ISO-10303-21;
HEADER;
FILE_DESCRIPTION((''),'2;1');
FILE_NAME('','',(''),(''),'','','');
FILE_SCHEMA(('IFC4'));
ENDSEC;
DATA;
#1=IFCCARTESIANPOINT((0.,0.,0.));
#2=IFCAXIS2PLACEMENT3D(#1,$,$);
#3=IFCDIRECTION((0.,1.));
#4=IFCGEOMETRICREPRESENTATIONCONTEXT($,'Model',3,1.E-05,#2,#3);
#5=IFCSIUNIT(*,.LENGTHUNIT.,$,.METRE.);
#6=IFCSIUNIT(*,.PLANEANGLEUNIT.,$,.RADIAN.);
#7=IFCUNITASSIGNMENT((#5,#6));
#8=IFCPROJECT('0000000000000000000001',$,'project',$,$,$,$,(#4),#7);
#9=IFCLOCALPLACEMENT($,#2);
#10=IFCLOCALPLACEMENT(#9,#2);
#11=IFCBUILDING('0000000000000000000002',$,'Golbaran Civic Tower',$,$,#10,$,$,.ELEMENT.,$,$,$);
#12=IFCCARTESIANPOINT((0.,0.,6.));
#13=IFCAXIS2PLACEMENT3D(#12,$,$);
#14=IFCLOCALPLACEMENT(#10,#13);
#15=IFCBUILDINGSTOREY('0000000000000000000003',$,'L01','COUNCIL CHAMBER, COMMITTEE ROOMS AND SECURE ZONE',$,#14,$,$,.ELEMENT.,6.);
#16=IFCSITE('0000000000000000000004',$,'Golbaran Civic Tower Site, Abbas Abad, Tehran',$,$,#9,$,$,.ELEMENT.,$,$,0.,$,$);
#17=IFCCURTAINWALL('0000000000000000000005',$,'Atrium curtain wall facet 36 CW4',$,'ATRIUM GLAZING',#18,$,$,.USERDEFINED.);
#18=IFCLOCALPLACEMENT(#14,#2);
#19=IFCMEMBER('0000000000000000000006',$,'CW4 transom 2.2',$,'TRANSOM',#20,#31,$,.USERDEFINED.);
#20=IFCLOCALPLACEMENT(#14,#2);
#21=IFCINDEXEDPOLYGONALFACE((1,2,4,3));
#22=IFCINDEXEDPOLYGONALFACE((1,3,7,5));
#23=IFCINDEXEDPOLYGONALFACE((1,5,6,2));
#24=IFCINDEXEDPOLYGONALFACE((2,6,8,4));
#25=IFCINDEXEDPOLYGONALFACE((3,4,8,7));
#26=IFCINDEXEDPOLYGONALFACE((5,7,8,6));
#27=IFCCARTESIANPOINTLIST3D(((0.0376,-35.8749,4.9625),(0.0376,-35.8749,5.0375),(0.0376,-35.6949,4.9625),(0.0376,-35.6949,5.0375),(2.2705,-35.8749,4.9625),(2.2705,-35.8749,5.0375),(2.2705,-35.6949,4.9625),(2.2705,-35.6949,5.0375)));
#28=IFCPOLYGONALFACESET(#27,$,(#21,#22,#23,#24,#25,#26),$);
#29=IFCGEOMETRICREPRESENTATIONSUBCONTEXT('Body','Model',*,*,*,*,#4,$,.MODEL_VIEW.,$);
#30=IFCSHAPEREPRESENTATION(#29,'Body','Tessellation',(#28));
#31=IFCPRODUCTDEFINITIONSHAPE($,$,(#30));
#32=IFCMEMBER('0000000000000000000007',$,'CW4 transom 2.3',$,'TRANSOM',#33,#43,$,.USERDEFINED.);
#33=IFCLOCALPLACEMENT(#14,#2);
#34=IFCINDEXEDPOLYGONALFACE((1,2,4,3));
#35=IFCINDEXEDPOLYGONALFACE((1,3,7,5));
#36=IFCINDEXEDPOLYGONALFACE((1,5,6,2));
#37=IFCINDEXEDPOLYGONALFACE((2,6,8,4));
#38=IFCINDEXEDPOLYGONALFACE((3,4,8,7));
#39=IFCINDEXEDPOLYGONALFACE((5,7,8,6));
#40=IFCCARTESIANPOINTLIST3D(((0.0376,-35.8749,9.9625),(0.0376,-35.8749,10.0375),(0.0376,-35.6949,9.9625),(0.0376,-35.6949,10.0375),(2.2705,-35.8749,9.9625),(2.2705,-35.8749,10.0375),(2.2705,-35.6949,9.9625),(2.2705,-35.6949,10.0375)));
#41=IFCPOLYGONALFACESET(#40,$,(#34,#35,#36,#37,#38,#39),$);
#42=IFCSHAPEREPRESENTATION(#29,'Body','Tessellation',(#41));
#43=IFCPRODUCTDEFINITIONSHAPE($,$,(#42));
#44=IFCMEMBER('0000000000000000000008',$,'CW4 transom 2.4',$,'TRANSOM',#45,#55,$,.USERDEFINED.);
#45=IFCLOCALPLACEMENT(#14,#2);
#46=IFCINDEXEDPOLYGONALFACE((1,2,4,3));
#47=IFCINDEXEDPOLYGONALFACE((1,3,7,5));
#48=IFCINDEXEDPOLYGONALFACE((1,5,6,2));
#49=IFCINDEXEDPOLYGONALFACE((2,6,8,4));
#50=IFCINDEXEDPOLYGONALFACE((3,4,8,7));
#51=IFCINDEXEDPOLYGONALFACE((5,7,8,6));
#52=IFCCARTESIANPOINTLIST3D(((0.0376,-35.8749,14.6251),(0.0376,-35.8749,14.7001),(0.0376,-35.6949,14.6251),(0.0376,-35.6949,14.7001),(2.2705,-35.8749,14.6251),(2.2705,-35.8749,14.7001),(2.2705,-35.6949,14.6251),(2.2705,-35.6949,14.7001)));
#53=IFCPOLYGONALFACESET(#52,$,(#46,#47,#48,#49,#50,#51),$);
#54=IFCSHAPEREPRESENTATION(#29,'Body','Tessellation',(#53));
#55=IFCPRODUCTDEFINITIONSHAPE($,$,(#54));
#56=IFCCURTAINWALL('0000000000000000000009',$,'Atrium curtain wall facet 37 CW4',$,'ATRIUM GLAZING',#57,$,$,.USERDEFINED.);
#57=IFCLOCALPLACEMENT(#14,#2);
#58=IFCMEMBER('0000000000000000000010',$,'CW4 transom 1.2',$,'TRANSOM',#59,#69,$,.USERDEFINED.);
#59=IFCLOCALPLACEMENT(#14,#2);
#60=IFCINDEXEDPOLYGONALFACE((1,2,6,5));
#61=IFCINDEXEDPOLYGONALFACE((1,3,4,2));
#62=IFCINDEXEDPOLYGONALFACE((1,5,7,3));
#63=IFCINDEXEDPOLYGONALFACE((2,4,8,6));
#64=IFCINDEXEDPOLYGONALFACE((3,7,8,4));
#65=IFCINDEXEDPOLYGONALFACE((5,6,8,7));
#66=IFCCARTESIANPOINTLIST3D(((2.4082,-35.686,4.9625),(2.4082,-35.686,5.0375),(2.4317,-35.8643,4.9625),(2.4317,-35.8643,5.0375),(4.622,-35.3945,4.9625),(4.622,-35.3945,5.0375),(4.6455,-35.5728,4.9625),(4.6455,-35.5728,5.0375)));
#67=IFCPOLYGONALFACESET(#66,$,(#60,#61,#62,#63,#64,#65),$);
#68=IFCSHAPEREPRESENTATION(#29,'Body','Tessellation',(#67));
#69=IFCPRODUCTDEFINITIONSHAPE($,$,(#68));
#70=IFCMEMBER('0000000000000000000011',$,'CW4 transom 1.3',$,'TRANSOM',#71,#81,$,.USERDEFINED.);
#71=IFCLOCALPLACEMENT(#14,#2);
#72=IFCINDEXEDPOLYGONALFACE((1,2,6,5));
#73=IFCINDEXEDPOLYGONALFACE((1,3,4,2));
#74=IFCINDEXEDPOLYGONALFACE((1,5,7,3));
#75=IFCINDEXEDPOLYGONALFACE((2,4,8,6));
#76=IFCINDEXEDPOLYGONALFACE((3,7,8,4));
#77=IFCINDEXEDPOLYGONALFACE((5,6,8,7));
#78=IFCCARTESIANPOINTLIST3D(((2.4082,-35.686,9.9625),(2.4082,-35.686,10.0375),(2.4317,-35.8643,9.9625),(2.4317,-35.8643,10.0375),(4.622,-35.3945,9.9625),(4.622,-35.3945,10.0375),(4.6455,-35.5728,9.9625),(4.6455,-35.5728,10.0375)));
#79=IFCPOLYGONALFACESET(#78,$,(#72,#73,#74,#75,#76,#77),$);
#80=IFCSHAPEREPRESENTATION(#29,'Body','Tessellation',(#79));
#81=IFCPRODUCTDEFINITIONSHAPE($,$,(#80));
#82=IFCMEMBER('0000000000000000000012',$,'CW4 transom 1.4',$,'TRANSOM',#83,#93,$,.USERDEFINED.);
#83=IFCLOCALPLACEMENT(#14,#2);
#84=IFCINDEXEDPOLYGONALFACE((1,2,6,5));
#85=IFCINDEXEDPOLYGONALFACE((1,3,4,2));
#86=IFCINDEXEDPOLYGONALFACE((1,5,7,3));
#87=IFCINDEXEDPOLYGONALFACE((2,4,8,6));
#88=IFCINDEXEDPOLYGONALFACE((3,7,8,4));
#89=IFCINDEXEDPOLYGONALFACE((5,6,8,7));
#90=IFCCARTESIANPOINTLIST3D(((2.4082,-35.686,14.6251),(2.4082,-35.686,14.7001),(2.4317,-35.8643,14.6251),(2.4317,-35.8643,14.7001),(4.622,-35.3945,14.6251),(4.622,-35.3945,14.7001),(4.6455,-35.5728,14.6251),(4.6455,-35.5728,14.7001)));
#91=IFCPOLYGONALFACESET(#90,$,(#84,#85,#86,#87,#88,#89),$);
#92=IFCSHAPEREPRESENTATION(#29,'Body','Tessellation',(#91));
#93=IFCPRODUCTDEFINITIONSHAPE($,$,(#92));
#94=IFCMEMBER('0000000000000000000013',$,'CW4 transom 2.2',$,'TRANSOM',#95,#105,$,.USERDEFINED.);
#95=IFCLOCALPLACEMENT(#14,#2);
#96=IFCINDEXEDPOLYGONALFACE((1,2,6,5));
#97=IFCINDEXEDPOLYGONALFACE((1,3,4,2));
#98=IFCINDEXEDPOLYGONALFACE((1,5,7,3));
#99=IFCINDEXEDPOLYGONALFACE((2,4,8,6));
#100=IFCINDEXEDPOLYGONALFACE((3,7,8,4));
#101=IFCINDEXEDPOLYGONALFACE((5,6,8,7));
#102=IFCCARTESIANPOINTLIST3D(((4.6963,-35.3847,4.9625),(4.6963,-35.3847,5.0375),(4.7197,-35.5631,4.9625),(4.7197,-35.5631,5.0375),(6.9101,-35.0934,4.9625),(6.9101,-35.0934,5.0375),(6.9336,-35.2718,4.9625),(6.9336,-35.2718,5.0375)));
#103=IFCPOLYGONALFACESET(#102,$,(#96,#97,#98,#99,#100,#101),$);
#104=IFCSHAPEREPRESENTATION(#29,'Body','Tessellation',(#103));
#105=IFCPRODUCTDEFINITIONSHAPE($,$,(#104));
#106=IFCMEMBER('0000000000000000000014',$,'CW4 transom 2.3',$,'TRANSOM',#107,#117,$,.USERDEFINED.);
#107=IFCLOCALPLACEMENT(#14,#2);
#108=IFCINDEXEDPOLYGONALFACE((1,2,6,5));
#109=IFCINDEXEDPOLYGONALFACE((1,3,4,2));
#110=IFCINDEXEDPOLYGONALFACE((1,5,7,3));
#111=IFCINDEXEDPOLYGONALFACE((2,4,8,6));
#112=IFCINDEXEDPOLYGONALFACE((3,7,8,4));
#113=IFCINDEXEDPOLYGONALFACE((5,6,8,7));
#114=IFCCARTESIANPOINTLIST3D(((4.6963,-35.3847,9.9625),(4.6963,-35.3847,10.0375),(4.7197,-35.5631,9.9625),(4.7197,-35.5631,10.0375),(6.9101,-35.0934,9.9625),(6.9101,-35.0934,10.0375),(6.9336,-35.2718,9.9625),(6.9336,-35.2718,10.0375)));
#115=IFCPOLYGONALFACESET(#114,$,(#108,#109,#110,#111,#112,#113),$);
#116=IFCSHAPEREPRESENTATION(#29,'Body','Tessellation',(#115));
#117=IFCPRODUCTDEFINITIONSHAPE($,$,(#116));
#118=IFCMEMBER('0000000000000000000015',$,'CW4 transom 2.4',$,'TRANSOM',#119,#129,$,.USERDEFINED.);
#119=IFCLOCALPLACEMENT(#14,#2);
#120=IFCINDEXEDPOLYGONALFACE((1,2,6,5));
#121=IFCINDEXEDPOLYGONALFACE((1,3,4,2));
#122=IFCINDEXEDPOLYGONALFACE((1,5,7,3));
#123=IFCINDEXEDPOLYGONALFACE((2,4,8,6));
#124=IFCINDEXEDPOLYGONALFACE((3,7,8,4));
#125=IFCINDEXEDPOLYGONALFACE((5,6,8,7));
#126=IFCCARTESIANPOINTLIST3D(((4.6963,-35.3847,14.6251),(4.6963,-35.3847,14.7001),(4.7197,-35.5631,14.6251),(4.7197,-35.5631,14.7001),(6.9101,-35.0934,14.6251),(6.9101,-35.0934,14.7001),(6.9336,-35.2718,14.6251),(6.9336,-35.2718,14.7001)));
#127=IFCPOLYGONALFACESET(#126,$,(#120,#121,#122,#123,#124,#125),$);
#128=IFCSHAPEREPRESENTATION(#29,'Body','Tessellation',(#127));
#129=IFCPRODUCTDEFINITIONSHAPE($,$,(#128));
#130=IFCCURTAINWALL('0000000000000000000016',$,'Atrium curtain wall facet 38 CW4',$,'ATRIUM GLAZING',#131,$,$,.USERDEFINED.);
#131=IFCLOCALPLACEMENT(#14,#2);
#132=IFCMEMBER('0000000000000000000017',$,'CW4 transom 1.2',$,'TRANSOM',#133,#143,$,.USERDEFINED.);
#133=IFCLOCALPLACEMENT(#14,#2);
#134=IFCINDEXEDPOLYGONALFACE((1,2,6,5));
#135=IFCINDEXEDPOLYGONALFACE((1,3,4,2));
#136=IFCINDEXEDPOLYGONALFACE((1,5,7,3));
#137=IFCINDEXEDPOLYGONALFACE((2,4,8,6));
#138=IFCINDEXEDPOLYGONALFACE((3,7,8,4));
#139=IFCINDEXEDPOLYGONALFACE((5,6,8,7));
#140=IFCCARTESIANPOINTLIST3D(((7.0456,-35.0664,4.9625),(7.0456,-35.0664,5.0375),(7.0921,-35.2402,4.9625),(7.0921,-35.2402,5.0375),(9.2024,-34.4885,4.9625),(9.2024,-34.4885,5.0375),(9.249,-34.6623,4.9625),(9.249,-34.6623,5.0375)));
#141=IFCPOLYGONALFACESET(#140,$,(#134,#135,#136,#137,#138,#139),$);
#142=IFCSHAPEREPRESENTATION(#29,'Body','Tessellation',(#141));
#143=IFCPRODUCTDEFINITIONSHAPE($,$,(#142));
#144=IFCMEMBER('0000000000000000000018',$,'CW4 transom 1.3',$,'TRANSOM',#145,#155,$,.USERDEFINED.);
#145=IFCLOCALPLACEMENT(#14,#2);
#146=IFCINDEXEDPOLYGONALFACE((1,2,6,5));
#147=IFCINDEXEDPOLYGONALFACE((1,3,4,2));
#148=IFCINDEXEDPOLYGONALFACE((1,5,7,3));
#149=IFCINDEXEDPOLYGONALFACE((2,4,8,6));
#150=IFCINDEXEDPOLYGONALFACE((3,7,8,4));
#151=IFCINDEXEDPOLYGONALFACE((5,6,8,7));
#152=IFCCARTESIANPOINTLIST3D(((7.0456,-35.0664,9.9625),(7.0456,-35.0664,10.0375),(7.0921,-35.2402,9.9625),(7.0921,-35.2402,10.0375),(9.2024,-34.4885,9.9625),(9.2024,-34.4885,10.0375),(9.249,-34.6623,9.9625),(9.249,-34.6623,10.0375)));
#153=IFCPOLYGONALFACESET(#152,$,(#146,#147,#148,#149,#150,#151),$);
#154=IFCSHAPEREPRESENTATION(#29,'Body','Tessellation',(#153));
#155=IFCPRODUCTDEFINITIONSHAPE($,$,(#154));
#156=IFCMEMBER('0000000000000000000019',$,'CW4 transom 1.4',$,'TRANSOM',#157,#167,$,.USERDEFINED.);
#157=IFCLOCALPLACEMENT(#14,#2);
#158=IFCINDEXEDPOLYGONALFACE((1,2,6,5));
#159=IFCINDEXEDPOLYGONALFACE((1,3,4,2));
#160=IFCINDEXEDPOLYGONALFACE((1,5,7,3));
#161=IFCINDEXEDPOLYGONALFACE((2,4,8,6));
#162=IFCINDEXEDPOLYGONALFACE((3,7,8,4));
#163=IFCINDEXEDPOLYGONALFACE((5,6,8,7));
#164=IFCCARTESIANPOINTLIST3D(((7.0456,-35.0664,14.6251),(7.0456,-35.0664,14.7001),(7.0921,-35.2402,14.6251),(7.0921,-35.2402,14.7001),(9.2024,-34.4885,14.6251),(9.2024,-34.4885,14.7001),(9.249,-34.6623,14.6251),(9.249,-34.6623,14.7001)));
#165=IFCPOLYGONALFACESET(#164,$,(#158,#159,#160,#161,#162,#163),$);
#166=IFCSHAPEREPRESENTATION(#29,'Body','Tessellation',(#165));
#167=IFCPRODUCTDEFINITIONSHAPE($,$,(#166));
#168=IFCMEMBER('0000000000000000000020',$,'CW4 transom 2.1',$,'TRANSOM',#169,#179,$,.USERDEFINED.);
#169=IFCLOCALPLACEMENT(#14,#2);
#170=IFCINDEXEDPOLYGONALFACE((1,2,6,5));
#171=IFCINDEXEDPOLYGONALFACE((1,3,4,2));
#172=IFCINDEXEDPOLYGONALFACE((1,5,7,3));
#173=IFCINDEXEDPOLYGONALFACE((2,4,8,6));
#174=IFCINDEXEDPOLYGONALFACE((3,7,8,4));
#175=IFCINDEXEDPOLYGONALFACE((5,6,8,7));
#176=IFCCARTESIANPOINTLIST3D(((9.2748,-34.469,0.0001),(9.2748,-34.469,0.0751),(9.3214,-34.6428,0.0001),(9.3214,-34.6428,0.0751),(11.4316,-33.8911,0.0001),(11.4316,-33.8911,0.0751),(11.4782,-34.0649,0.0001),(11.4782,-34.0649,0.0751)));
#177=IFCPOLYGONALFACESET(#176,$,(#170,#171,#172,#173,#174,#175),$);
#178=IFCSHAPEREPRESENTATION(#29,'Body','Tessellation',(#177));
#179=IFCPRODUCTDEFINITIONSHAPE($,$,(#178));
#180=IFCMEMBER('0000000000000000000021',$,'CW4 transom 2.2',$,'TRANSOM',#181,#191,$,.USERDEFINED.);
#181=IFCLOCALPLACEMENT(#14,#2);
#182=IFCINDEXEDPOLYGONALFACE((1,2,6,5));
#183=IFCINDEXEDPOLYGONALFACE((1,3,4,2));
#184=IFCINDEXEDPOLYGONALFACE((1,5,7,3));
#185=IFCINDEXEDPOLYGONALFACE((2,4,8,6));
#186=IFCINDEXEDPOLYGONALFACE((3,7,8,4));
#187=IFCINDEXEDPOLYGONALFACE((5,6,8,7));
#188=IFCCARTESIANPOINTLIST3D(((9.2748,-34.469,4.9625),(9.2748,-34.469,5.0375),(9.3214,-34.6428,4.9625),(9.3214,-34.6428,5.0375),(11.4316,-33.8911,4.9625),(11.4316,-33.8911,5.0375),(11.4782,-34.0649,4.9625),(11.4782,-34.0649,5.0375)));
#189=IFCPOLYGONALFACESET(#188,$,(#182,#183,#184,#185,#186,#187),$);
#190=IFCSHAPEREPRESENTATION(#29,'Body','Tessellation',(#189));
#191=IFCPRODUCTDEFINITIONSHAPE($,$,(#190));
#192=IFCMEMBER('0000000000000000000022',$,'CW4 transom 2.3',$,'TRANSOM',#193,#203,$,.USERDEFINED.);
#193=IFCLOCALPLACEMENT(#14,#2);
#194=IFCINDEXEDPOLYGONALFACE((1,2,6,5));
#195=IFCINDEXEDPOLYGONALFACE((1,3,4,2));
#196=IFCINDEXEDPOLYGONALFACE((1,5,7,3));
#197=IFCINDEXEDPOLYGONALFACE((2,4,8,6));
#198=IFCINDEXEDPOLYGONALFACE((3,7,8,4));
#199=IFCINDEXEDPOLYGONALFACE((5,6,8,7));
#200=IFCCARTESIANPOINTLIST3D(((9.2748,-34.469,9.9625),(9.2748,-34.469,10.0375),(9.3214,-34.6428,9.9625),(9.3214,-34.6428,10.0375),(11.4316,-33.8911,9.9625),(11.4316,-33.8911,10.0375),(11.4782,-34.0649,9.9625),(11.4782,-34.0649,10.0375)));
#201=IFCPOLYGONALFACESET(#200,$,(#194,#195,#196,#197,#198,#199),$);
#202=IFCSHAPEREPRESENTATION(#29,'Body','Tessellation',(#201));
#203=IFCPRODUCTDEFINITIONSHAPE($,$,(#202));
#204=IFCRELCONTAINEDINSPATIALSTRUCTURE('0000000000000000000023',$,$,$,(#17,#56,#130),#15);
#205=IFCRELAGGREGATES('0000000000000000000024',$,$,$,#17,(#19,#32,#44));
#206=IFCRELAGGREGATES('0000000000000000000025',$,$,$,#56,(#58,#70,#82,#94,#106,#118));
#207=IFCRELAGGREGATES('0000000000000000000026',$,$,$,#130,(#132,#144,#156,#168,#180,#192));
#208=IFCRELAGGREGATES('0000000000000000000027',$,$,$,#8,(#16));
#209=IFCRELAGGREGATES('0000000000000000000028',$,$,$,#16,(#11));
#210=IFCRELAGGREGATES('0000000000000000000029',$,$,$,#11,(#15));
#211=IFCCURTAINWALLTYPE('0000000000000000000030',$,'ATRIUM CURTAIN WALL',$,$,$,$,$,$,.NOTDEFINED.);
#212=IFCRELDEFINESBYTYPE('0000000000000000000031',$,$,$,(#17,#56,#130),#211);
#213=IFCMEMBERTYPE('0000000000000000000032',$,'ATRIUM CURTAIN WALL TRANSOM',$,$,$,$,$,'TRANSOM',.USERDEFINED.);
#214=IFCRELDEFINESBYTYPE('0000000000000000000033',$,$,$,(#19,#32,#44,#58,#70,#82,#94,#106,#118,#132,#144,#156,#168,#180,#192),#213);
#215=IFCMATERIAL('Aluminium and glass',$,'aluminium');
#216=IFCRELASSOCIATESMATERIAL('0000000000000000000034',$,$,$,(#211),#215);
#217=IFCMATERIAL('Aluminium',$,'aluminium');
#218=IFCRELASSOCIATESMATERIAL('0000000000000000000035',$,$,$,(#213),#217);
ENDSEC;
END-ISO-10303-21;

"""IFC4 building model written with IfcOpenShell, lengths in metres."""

from ifc_helpers import new_model, si_unit, direction, frame, origin, origin_2d, place, context, subcontext, project, spatial, rectangle, extrude, material, material_profile, profile_set, type_object, element, aggregate, save


model = new_model("IFC4")

# Units and contexts
model_context = context("Model", 3, precision=1e-05, world=origin(), true_north=direction((0.0, 1.0)))
body_context = subcontext(model_context, "Body", "Model", "MODEL_VIEW")
ifc_project = project(units=[si_unit("LENGTHUNIT", "METRE"), si_unit("PLANEANGLEUNIT", "RADIAN")], contexts=[model_context])

# Site, building, storey
site_placement = place(None, origin())
site = spatial("IfcSite", under=ifc_project, at=site_placement, Name="Golbaran Civic Tower Site, Abbas Abad, Tehran", CompositionType="ELEMENT", RefElevation=0.0)
building_placement = place(site_placement, origin())
building = spatial("IfcBuilding", under=site, at=building_placement, Name="Golbaran Civic Tower", CompositionType="ELEMENT")
storey_placement = place(building_placement, frame((0.0, 0.0, 6.0)))
storey = spatial("IfcBuildingStorey", under=building, at=storey_placement, Name="L01", Description="COUNCIL CHAMBER, COMMITTEE ROOMS AND SECURE ZONE", CompositionType="ELEMENT", Elevation=6.0)

# Curtain walls, members
ifc_material_1 = material(Name="Aluminium and glass", Category="aluminium")
curtain_wall_type = type_object("IfcCurtainWallType", Name="ATRIUM CURTAIN WALL", PredefinedType="NOTDEFINED", material=ifc_material_1)
curtain_wall_1_placement = place(storey_placement, origin())
curtain_wall_1 = element("IfcCurtainWall", 1, at=curtain_wall_1_placement, inside=storey, type_object=curtain_wall_type, Name="Atrium curtain wall facet 36 CW4", ObjectType="ATRIUM GLAZING", PredefinedType="USERDEFINED")
ifc_material_2 = material(Name="Aluminium", Category="aluminium")
ifc_material_profile = material_profile(ifc_material_2, rectangle(XDim=0.1799, YDim=0.075, at=origin_2d()), Name="ATRIUM CURTAIN WALL TRANSOM")
ifc_profile_set = profile_set([ifc_material_profile], Name="Aluminium")
member_type = type_object("IfcMemberType", Name="ATRIUM CURTAIN WALL TRANSOM", ElementType="TRANSOM", PredefinedType="USERDEFINED", material=ifc_profile_set)
member_1_placement = place(storey_placement, frame((0.0376, -35.7849, 5.0), z_axis=(1.0, 0.0, 0.0), x_axis=(0.0, 1.0, 0.0)))
member_1 = element("IfcMember", 2, at=member_1_placement, type_object=member_type, Name="CW4 transom 2.2", ObjectType="TRANSOM", PredefinedType="USERDEFINED", context=body_context, shape_type="SweptSolid", body=[
    extrude(rectangle(XDim=0.1799, YDim=0.075, at=origin_2d()), origin(), (0.0, 0.0, 1.0), 2.2329),
])
member_2_placement = place(storey_placement, frame((0.0376, -35.7849, 10.0), z_axis=(1.0, 0.0, 0.0), x_axis=(0.0, 1.0, 0.0)))
member_2 = element("IfcMember", 3, at=member_2_placement, type_object=member_type, Name="CW4 transom 2.3", ObjectType="TRANSOM", PredefinedType="USERDEFINED", context=body_context, shape_type="SweptSolid", body=[
    extrude(rectangle(XDim=0.1799, YDim=0.075, at=origin_2d()), origin(), (0.0, 0.0, 1.0), 2.2329),
])
member_3_placement = place(storey_placement, frame((0.0376, -35.7849, 14.6626), z_axis=(1.0, 0.0, 0.0), x_axis=(0.0, 1.0, 0.0)))
member_3 = element("IfcMember", 4, at=member_3_placement, type_object=member_type, Name="CW4 transom 2.4", ObjectType="TRANSOM", PredefinedType="USERDEFINED", context=body_context, shape_type="SweptSolid", body=[
    extrude(rectangle(XDim=0.1799, YDim=0.075, at=origin_2d()), origin(), (0.0, 0.0, 1.0), 2.2329),
])
curtain_wall_2_placement = place(storey_placement, origin())
curtain_wall_2 = element("IfcCurtainWall", 5, at=curtain_wall_2_placement, inside=storey, type_object=curtain_wall_type, Name="Atrium curtain wall facet 37 CW4", ObjectType="ATRIUM GLAZING", PredefinedType="USERDEFINED")
member_4_placement = place(storey_placement, frame((2.4199, -35.7751, 5.0), z_axis=(0.991442, 0.130545, 0.0), x_axis=(-0.130545, 0.991442, 0.0)))
member_4 = element("IfcMember", 6, at=member_4_placement, type_object=member_type, Name="CW4 transom 1.2", ObjectType="TRANSOM", PredefinedType="USERDEFINED", context=body_context, shape_type="SweptSolid", body=[
    extrude(rectangle(XDim=0.1799, YDim=0.075, at=origin_2d()), origin(), (0.0, 0.0, 1.0), 2.2329),
])
member_5_placement = place(storey_placement, frame((2.4199, -35.7751, 10.0), z_axis=(0.991442, 0.130545, 0.0), x_axis=(-0.130545, 0.991442, 0.0)))
member_5 = element("IfcMember", 7, at=member_5_placement, type_object=member_type, Name="CW4 transom 1.3", ObjectType="TRANSOM", PredefinedType="USERDEFINED", context=body_context, shape_type="SweptSolid", body=[
    extrude(rectangle(XDim=0.1799, YDim=0.075, at=origin_2d()), origin(), (0.0, 0.0, 1.0), 2.2329),
])
member_6_placement = place(storey_placement, frame((2.4199, -35.7751, 14.6626), z_axis=(0.991442, 0.130545, 0.0), x_axis=(-0.130545, 0.991442, 0.0)))
member_6 = element("IfcMember", 8, at=member_6_placement, type_object=member_type, Name="CW4 transom 1.4", ObjectType="TRANSOM", PredefinedType="USERDEFINED", context=body_context, shape_type="SweptSolid", body=[
    extrude(rectangle(XDim=0.1799, YDim=0.075, at=origin_2d()), origin(), (0.0, 0.0, 1.0), 2.2329),
])
member_7_placement = place(storey_placement, frame((4.708, -35.4739, 5.0), z_axis=(0.991457, 0.130438, 0.0), x_axis=(-0.130438, 0.991457, 0.0)))
member_7 = element("IfcMember", 9, at=member_7_placement, type_object=member_type, Name="CW4 transom 2.2", ObjectType="TRANSOM", PredefinedType="USERDEFINED", context=body_context, shape_type="SweptSolid", body=[
    extrude(rectangle(XDim=0.1799, YDim=0.075, at=origin_2d()), origin(), (0.0, 0.0, 1.0), 2.2329),
])
member_8_placement = place(storey_placement, frame((4.708, -35.4739, 10.0), z_axis=(0.991457, 0.130438, 0.0), x_axis=(-0.130438, 0.991457, 0.0)))
member_8 = element("IfcMember", 10, at=member_8_placement, type_object=member_type, Name="CW4 transom 2.3", ObjectType="TRANSOM", PredefinedType="USERDEFINED", context=body_context, shape_type="SweptSolid", body=[
    extrude(rectangle(XDim=0.1799, YDim=0.075, at=origin_2d()), origin(), (0.0, 0.0, 1.0), 2.2329),
])
member_9_placement = place(storey_placement, frame((4.708, -35.4739, 14.6626), z_axis=(0.991457, 0.130438, 0.0), x_axis=(-0.130438, 0.991457, 0.0)))
member_9 = element("IfcMember", 11, at=member_9_placement, type_object=member_type, Name="CW4 transom 2.4", ObjectType="TRANSOM", PredefinedType="USERDEFINED", context=body_context, shape_type="SweptSolid", body=[
    extrude(rectangle(XDim=0.1799, YDim=0.075, at=origin_2d()), origin(), (0.0, 0.0, 1.0), 2.2329),
])
curtain_wall_3_placement = place(storey_placement, origin())
curtain_wall_3 = element("IfcCurtainWall", 12, at=curtain_wall_3_placement, inside=storey, type_object=curtain_wall_type, Name="Atrium curtain wall facet 38 CW4", ObjectType="ATRIUM GLAZING", PredefinedType="USERDEFINED")
member_10_placement = place(storey_placement, frame((7.0688, -35.1533, 5.0), z_axis=(0.965928, 0.258813, 0.0), x_axis=(-0.258813, 0.965928, 0.0)))
member_10 = element("IfcMember", 13, at=member_10_placement, type_object=member_type, Name="CW4 transom 1.2", ObjectType="TRANSOM", PredefinedType="USERDEFINED", context=body_context, shape_type="SweptSolid", body=[
    extrude(rectangle(XDim=0.1799, YDim=0.075, at=origin_2d()), origin(), (0.0, 0.0, 1.0), 2.2329),
])
member_11_placement = place(storey_placement, frame((7.0688, -35.1533, 10.0), z_axis=(0.965928, 0.258813, 0.0), x_axis=(-0.258813, 0.965928, 0.0)))
member_11 = element("IfcMember", 14, at=member_11_placement, type_object=member_type, Name="CW4 transom 1.3", ObjectType="TRANSOM", PredefinedType="USERDEFINED", context=body_context, shape_type="SweptSolid", body=[
    extrude(rectangle(XDim=0.1799, YDim=0.075, at=origin_2d()), origin(), (0.0, 0.0, 1.0), 2.2329),
])
member_12_placement = place(storey_placement, frame((7.0688, -35.1533, 14.6626), z_axis=(0.965928, 0.258813, 0.0), x_axis=(-0.258813, 0.965928, 0.0)))
member_12 = element("IfcMember", 15, at=member_12_placement, type_object=member_type, Name="CW4 transom 1.4", ObjectType="TRANSOM", PredefinedType="USERDEFINED", context=body_context, shape_type="SweptSolid", body=[
    extrude(rectangle(XDim=0.1799, YDim=0.075, at=origin_2d()), origin(), (0.0, 0.0, 1.0), 2.2329),
])
member_13_placement = place(storey_placement, frame((9.2981, -34.5559, 0.0376), z_axis=(0.965928, 0.258813, 0.0), x_axis=(-0.258813, 0.965928, 0.0)))
member_13 = element("IfcMember", 16, at=member_13_placement, type_object=member_type, Name="CW4 transom 2.1", ObjectType="TRANSOM", PredefinedType="USERDEFINED", context=body_context, shape_type="SweptSolid", body=[
    extrude(rectangle(XDim=0.1799, YDim=0.075, at=origin_2d()), origin(), (0.0, 0.0, 1.0), 2.2329),
])
member_14_placement = place(storey_placement, frame((9.2981, -34.5559, 5.0), z_axis=(0.965928, 0.258813, 0.0), x_axis=(-0.258813, 0.965928, 0.0)))
member_14 = element("IfcMember", 17, at=member_14_placement, type_object=member_type, Name="CW4 transom 2.2", ObjectType="TRANSOM", PredefinedType="USERDEFINED", context=body_context, shape_type="SweptSolid", body=[
    extrude(rectangle(XDim=0.1799, YDim=0.075, at=origin_2d()), origin(), (0.0, 0.0, 1.0), 2.2329),
])
member_15_placement = place(storey_placement, frame((9.2981, -34.5559, 10.0), z_axis=(0.965928, 0.258813, 0.0), x_axis=(-0.258813, 0.965928, 0.0)))
member_15 = element("IfcMember", 18, at=member_15_placement, type_object=member_type, Name="CW4 transom 2.3", ObjectType="TRANSOM", PredefinedType="USERDEFINED", context=body_context, shape_type="SweptSolid", body=[
    extrude(rectangle(XDim=0.1799, YDim=0.075, at=origin_2d()), origin(), (0.0, 0.0, 1.0), 2.2329),
])

aggregate(curtain_wall_1, [member_1, member_2, member_3])
aggregate(curtain_wall_2, [member_4, member_5, member_6, member_7, member_8, member_9])
aggregate(curtain_wall_3, [member_10, member_11, member_12, member_13, member_14, member_15])

save(model, "model.ifc")
